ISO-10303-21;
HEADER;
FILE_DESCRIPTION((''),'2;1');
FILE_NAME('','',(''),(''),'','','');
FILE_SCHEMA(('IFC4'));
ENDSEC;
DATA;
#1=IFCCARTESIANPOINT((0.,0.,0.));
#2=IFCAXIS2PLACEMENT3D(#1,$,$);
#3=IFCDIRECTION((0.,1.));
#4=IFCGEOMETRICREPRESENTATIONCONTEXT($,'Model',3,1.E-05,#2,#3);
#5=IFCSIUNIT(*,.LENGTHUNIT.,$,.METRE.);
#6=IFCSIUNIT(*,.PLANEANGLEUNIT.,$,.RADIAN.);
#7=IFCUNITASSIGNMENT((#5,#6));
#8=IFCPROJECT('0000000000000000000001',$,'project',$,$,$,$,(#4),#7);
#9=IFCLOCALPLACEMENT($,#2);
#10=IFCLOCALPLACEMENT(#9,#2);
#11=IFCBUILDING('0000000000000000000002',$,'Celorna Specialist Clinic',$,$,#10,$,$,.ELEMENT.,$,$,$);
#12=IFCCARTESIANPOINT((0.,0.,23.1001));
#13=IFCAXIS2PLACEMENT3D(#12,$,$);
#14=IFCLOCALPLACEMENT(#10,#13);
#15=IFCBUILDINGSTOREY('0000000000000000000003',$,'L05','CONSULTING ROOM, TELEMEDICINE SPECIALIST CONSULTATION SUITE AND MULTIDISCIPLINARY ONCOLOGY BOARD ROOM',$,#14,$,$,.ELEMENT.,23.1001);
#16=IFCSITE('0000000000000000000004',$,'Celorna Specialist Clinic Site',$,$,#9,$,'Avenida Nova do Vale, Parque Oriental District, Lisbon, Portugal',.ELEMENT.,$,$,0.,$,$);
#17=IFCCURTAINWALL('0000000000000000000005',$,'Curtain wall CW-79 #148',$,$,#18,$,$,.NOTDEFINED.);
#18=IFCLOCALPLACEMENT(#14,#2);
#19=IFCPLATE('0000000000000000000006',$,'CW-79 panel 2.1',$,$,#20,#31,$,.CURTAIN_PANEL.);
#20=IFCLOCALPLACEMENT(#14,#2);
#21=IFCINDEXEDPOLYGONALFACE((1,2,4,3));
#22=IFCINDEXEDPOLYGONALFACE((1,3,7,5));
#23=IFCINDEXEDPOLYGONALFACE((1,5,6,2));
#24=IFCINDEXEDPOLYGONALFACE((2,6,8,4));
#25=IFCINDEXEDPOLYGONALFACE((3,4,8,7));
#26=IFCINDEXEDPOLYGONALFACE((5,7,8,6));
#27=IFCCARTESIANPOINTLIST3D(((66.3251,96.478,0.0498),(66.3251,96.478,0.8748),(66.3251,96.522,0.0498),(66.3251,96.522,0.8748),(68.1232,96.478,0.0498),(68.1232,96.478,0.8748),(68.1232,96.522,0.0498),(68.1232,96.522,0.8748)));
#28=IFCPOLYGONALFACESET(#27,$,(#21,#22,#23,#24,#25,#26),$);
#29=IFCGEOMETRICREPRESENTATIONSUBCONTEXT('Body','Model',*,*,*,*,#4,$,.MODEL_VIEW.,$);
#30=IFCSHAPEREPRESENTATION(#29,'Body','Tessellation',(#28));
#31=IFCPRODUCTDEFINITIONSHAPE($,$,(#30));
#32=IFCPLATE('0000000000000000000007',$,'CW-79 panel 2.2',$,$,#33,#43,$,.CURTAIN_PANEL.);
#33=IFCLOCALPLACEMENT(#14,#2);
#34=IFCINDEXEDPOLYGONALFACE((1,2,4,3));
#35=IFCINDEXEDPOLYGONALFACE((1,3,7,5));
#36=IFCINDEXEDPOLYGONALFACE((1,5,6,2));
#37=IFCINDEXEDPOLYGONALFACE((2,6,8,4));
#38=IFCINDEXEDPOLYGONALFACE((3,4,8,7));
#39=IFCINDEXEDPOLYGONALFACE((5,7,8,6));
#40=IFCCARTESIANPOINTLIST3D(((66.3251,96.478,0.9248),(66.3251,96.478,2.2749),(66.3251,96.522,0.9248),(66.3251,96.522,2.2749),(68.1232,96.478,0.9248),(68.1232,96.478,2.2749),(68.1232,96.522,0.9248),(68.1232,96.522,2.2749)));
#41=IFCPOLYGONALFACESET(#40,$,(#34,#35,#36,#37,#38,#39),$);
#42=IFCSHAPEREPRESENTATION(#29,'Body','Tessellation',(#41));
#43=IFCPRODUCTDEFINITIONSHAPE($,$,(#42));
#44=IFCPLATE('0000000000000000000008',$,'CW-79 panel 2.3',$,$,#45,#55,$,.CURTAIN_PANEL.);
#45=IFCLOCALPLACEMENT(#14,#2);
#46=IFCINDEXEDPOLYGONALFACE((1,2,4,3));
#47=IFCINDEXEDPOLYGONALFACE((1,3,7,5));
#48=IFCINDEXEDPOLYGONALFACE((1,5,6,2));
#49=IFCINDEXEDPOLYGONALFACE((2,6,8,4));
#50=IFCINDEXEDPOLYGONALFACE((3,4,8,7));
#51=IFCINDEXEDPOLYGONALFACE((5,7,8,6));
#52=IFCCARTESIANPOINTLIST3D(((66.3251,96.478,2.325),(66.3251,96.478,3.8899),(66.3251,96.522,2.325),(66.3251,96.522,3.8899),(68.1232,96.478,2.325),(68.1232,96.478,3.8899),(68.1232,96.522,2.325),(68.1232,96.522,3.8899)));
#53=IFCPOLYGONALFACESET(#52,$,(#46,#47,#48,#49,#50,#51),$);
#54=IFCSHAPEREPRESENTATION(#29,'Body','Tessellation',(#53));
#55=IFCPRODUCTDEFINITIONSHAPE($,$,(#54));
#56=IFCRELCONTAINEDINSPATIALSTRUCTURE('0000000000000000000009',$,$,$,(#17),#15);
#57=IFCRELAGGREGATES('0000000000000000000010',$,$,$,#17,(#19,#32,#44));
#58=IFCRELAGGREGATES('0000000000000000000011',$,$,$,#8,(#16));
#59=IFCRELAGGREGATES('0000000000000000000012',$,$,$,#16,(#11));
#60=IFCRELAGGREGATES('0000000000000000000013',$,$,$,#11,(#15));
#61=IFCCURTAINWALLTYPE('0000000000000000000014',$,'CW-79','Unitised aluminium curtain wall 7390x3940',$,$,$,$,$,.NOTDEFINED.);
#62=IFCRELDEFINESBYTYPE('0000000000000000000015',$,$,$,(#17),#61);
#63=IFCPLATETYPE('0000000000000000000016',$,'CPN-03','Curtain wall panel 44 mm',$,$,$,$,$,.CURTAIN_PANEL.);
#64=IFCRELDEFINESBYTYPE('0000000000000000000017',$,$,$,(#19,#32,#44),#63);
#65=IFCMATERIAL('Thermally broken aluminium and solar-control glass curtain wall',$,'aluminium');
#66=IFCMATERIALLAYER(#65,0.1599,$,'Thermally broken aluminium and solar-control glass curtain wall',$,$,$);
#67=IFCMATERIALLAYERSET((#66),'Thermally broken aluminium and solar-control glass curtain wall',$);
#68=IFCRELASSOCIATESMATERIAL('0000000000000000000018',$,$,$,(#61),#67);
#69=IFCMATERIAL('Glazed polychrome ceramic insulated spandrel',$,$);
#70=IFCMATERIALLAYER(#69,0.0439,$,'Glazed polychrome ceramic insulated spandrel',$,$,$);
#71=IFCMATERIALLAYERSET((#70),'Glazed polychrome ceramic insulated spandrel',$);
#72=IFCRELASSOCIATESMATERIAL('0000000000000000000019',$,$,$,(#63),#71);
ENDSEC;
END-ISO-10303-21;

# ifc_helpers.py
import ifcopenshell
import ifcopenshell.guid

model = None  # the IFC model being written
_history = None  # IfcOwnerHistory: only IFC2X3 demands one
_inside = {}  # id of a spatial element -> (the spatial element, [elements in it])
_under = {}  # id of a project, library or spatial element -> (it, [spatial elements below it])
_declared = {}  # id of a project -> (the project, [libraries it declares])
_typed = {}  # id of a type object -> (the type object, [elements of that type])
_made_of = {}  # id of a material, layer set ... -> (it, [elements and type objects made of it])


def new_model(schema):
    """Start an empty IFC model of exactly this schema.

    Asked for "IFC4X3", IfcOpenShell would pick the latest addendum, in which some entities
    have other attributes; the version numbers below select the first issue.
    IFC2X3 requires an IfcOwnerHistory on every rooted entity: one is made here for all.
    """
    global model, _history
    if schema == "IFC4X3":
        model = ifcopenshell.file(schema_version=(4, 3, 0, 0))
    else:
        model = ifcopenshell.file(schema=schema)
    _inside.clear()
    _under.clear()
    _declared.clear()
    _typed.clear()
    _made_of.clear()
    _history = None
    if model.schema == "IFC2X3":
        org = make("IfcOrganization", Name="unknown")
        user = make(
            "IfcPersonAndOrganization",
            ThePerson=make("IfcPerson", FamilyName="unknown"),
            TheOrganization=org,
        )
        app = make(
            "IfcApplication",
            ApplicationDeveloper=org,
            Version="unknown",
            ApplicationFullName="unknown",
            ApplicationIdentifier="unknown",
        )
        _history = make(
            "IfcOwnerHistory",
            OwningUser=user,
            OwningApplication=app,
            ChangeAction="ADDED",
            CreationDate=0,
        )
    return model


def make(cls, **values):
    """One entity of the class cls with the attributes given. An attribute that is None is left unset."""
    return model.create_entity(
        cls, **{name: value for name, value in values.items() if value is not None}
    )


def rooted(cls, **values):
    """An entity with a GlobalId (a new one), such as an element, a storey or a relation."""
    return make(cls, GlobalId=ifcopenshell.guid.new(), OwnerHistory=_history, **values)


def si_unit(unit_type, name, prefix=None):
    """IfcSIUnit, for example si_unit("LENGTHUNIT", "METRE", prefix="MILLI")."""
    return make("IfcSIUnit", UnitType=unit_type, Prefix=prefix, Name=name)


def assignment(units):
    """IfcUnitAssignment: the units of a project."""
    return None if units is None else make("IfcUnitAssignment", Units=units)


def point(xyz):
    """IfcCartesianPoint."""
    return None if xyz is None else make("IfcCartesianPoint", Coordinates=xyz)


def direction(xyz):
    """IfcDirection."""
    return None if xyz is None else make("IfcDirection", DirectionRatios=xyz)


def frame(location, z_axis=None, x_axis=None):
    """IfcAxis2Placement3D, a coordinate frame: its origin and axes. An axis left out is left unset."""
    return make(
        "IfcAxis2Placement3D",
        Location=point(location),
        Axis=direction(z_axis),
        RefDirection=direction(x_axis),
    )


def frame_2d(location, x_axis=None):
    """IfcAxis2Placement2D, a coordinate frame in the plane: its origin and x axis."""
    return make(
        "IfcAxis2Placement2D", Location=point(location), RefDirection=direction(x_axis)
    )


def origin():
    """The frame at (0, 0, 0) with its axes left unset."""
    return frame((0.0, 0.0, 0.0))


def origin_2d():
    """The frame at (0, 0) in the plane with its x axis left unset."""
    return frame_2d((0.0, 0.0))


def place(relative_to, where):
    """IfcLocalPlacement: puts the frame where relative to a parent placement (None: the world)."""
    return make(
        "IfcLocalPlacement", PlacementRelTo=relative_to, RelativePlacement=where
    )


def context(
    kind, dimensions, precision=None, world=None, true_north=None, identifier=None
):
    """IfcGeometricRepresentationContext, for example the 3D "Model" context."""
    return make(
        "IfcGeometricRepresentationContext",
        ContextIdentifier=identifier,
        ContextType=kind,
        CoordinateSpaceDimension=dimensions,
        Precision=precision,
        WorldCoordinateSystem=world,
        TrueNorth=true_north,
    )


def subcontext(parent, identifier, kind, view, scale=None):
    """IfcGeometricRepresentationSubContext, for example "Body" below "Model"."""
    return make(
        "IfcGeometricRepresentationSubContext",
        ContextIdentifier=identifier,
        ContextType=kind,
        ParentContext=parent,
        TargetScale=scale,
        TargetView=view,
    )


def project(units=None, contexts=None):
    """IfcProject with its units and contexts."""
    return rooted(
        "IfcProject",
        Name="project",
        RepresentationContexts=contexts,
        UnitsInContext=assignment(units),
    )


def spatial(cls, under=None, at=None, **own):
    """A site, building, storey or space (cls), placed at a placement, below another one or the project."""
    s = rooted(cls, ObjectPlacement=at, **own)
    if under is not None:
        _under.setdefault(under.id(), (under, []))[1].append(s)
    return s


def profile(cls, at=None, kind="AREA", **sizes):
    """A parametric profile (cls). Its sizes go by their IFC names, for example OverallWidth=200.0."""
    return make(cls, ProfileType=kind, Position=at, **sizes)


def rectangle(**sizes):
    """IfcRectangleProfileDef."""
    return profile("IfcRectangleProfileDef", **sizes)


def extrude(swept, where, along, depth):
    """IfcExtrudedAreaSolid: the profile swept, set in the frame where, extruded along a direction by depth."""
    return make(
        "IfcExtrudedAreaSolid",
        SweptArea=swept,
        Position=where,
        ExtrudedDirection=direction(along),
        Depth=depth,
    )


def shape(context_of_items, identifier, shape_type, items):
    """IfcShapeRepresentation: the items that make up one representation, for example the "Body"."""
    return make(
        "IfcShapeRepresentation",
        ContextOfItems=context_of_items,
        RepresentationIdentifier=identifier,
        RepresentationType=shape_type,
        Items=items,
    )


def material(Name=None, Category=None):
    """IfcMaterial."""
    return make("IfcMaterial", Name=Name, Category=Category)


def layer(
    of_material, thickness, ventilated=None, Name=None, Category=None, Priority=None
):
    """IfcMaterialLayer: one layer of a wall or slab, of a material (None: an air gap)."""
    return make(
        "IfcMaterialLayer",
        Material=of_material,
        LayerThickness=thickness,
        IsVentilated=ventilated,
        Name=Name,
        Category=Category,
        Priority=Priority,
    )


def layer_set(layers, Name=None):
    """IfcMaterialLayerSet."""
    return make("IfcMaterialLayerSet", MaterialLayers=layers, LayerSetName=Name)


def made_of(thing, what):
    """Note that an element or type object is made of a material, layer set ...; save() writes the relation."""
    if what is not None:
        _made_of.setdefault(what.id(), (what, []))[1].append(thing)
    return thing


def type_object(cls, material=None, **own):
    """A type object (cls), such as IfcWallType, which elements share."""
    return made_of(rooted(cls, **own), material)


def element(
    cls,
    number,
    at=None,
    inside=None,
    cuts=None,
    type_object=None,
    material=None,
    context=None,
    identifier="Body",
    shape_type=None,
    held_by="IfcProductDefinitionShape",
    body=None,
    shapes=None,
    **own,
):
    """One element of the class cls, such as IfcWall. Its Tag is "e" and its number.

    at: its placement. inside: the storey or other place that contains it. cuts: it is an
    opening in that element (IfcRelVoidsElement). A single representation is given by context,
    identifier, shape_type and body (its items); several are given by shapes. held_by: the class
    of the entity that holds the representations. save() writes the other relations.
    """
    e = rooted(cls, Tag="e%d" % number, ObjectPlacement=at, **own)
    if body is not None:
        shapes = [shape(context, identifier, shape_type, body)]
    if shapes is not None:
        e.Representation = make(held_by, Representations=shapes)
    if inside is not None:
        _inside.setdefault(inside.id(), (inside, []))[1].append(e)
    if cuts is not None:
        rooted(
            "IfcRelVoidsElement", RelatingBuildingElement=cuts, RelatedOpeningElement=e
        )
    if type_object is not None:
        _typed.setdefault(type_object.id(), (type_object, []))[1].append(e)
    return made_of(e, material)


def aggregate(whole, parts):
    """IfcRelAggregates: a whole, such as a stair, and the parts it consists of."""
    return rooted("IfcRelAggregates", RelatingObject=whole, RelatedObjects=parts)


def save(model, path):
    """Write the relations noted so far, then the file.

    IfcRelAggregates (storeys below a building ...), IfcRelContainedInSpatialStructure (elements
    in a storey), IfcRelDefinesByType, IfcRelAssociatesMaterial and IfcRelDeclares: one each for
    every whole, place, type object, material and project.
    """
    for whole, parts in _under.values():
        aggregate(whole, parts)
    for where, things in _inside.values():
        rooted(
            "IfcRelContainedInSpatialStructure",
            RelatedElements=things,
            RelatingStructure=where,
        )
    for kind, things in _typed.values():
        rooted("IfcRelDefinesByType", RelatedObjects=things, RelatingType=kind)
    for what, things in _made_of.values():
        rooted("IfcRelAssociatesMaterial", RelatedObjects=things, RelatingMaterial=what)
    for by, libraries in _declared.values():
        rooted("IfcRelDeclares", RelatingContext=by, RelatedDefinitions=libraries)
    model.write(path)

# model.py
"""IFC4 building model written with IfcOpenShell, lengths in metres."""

from ifc_helpers import new_model, si_unit, direction, frame, origin, origin_2d, place, context, subcontext, project, spatial, rectangle, extrude, material, layer, layer_set, type_object, element, aggregate, save


model = new_model("IFC4")

# Units and contexts
model_context = context("Model", 3, precision=1e-05, world=origin(), true_north=direction((0.0, 1.0)))
body_context = subcontext(model_context, "Body", "Model", "MODEL_VIEW")
ifc_project = project(units=[si_unit("LENGTHUNIT", "METRE"), si_unit("PLANEANGLEUNIT", "RADIAN")], contexts=[model_context])

# Site, building, storey
site_placement = place(None, origin())
site = spatial("IfcSite", under=ifc_project, at=site_placement, Name="Celorna Specialist Clinic Site", LongName="Avenida Nova do Vale, Parque Oriental District, Lisbon, Portugal", CompositionType="ELEMENT", RefElevation=0.0)
building_placement = place(site_placement, origin())
building = spatial("IfcBuilding", under=site, at=building_placement, Name="Celorna Specialist Clinic", CompositionType="ELEMENT")
storey_placement = place(building_placement, frame((0.0, 0.0, 23.1001)))
storey = spatial("IfcBuildingStorey", under=building, at=storey_placement, Name="L05", Description="CONSULTING ROOM, TELEMEDICINE SPECIALIST CONSULTATION SUITE AND MULTIDISCIPLINARY ONCOLOGY BOARD ROOM", CompositionType="ELEMENT", Elevation=23.1001)

# Curtain wall
ifc_material_1 = material(Name="Thermally broken aluminium and solar-control glass curtain wall", Category="aluminium")
ifc_layer_1 = layer(ifc_material_1, 0.1599, Name="Thermally broken aluminium and solar-control glass curtain wall")
ifc_layer_set_1 = layer_set([ifc_layer_1], Name="Thermally broken aluminium and solar-control glass curtain wall")
curtain_wall_type_1 = type_object("IfcCurtainWallType", Name="CW-79", Description="Unitised aluminium curtain wall 7390x3940", PredefinedType="NOTDEFINED", material=ifc_layer_set_1)
curtain_wall_1_placement = place(storey_placement, origin())
curtain_wall_1 = element("IfcCurtainWall", 1, at=curtain_wall_1_placement, inside=storey, type_object=curtain_wall_type_1, Name="Curtain wall CW-79 #148", PredefinedType="NOTDEFINED")

# Plates
ifc_material_2 = material(Name="Glazed polychrome ceramic insulated spandrel")
ifc_layer_2 = layer(ifc_material_2, 0.0439, Name="Glazed polychrome ceramic insulated spandrel")
ifc_layer_set_2 = layer_set([ifc_layer_2], Name="Glazed polychrome ceramic insulated spandrel")
plate_type_1 = type_object("IfcPlateType", Name="CPN-03", Description="Curtain wall panel 44 mm", PredefinedType="CURTAIN_PANEL", material=ifc_layer_set_2)
plate_1_placement = place(storey_placement, frame((67.2241, 96.5, 0.0498), z_axis=(0.0, 0.0, 1.0), x_axis=(-1.0, 0.0, 0.0)))
plate_1 = element("IfcPlate", 2, at=plate_1_placement, type_object=plate_type_1, Name="CW-79 panel 2.1", PredefinedType="CURTAIN_PANEL", context=body_context, shape_type="SweptSolid", body=[
    extrude(rectangle(XDim=1.7981, YDim=0.0439, at=origin_2d()), origin(), (0.0, 0.0, 1.0), 0.825),
])
plate_2_placement = place(storey_placement, frame((67.2241, 96.5, 0.9248), z_axis=(0.0, 0.0, 1.0), x_axis=(-1.0, 0.0, 0.0)))
plate_2 = element("IfcPlate", 3, at=plate_2_placement, type_object=plate_type_1, Name="CW-79 panel 2.2", PredefinedType="CURTAIN_PANEL", context=body_context, shape_type="SweptSolid", body=[
    extrude(rectangle(XDim=1.7981, YDim=0.0439, at=origin_2d()), origin(), (0.0, 0.0, 1.0), 1.3501),
])
plate_3_placement = place(storey_placement, frame((67.2241, 96.5, 2.325), z_axis=(0.0, 0.0, 1.0), x_axis=(-1.0, 0.0, 0.0)))
plate_3 = element("IfcPlate", 4, at=plate_3_placement, type_object=plate_type_1, Name="CW-79 panel 2.3", PredefinedType="CURTAIN_PANEL", context=body_context, shape_type="SweptSolid", body=[
    extrude(rectangle(XDim=1.7981, YDim=0.0439, at=origin_2d()), origin(), (0.0, 0.0, 1.0), 1.5649),
])
aggregate(curtain_wall_1, [plate_1, plate_2, plate_3])

save(model, "model.ifc")
